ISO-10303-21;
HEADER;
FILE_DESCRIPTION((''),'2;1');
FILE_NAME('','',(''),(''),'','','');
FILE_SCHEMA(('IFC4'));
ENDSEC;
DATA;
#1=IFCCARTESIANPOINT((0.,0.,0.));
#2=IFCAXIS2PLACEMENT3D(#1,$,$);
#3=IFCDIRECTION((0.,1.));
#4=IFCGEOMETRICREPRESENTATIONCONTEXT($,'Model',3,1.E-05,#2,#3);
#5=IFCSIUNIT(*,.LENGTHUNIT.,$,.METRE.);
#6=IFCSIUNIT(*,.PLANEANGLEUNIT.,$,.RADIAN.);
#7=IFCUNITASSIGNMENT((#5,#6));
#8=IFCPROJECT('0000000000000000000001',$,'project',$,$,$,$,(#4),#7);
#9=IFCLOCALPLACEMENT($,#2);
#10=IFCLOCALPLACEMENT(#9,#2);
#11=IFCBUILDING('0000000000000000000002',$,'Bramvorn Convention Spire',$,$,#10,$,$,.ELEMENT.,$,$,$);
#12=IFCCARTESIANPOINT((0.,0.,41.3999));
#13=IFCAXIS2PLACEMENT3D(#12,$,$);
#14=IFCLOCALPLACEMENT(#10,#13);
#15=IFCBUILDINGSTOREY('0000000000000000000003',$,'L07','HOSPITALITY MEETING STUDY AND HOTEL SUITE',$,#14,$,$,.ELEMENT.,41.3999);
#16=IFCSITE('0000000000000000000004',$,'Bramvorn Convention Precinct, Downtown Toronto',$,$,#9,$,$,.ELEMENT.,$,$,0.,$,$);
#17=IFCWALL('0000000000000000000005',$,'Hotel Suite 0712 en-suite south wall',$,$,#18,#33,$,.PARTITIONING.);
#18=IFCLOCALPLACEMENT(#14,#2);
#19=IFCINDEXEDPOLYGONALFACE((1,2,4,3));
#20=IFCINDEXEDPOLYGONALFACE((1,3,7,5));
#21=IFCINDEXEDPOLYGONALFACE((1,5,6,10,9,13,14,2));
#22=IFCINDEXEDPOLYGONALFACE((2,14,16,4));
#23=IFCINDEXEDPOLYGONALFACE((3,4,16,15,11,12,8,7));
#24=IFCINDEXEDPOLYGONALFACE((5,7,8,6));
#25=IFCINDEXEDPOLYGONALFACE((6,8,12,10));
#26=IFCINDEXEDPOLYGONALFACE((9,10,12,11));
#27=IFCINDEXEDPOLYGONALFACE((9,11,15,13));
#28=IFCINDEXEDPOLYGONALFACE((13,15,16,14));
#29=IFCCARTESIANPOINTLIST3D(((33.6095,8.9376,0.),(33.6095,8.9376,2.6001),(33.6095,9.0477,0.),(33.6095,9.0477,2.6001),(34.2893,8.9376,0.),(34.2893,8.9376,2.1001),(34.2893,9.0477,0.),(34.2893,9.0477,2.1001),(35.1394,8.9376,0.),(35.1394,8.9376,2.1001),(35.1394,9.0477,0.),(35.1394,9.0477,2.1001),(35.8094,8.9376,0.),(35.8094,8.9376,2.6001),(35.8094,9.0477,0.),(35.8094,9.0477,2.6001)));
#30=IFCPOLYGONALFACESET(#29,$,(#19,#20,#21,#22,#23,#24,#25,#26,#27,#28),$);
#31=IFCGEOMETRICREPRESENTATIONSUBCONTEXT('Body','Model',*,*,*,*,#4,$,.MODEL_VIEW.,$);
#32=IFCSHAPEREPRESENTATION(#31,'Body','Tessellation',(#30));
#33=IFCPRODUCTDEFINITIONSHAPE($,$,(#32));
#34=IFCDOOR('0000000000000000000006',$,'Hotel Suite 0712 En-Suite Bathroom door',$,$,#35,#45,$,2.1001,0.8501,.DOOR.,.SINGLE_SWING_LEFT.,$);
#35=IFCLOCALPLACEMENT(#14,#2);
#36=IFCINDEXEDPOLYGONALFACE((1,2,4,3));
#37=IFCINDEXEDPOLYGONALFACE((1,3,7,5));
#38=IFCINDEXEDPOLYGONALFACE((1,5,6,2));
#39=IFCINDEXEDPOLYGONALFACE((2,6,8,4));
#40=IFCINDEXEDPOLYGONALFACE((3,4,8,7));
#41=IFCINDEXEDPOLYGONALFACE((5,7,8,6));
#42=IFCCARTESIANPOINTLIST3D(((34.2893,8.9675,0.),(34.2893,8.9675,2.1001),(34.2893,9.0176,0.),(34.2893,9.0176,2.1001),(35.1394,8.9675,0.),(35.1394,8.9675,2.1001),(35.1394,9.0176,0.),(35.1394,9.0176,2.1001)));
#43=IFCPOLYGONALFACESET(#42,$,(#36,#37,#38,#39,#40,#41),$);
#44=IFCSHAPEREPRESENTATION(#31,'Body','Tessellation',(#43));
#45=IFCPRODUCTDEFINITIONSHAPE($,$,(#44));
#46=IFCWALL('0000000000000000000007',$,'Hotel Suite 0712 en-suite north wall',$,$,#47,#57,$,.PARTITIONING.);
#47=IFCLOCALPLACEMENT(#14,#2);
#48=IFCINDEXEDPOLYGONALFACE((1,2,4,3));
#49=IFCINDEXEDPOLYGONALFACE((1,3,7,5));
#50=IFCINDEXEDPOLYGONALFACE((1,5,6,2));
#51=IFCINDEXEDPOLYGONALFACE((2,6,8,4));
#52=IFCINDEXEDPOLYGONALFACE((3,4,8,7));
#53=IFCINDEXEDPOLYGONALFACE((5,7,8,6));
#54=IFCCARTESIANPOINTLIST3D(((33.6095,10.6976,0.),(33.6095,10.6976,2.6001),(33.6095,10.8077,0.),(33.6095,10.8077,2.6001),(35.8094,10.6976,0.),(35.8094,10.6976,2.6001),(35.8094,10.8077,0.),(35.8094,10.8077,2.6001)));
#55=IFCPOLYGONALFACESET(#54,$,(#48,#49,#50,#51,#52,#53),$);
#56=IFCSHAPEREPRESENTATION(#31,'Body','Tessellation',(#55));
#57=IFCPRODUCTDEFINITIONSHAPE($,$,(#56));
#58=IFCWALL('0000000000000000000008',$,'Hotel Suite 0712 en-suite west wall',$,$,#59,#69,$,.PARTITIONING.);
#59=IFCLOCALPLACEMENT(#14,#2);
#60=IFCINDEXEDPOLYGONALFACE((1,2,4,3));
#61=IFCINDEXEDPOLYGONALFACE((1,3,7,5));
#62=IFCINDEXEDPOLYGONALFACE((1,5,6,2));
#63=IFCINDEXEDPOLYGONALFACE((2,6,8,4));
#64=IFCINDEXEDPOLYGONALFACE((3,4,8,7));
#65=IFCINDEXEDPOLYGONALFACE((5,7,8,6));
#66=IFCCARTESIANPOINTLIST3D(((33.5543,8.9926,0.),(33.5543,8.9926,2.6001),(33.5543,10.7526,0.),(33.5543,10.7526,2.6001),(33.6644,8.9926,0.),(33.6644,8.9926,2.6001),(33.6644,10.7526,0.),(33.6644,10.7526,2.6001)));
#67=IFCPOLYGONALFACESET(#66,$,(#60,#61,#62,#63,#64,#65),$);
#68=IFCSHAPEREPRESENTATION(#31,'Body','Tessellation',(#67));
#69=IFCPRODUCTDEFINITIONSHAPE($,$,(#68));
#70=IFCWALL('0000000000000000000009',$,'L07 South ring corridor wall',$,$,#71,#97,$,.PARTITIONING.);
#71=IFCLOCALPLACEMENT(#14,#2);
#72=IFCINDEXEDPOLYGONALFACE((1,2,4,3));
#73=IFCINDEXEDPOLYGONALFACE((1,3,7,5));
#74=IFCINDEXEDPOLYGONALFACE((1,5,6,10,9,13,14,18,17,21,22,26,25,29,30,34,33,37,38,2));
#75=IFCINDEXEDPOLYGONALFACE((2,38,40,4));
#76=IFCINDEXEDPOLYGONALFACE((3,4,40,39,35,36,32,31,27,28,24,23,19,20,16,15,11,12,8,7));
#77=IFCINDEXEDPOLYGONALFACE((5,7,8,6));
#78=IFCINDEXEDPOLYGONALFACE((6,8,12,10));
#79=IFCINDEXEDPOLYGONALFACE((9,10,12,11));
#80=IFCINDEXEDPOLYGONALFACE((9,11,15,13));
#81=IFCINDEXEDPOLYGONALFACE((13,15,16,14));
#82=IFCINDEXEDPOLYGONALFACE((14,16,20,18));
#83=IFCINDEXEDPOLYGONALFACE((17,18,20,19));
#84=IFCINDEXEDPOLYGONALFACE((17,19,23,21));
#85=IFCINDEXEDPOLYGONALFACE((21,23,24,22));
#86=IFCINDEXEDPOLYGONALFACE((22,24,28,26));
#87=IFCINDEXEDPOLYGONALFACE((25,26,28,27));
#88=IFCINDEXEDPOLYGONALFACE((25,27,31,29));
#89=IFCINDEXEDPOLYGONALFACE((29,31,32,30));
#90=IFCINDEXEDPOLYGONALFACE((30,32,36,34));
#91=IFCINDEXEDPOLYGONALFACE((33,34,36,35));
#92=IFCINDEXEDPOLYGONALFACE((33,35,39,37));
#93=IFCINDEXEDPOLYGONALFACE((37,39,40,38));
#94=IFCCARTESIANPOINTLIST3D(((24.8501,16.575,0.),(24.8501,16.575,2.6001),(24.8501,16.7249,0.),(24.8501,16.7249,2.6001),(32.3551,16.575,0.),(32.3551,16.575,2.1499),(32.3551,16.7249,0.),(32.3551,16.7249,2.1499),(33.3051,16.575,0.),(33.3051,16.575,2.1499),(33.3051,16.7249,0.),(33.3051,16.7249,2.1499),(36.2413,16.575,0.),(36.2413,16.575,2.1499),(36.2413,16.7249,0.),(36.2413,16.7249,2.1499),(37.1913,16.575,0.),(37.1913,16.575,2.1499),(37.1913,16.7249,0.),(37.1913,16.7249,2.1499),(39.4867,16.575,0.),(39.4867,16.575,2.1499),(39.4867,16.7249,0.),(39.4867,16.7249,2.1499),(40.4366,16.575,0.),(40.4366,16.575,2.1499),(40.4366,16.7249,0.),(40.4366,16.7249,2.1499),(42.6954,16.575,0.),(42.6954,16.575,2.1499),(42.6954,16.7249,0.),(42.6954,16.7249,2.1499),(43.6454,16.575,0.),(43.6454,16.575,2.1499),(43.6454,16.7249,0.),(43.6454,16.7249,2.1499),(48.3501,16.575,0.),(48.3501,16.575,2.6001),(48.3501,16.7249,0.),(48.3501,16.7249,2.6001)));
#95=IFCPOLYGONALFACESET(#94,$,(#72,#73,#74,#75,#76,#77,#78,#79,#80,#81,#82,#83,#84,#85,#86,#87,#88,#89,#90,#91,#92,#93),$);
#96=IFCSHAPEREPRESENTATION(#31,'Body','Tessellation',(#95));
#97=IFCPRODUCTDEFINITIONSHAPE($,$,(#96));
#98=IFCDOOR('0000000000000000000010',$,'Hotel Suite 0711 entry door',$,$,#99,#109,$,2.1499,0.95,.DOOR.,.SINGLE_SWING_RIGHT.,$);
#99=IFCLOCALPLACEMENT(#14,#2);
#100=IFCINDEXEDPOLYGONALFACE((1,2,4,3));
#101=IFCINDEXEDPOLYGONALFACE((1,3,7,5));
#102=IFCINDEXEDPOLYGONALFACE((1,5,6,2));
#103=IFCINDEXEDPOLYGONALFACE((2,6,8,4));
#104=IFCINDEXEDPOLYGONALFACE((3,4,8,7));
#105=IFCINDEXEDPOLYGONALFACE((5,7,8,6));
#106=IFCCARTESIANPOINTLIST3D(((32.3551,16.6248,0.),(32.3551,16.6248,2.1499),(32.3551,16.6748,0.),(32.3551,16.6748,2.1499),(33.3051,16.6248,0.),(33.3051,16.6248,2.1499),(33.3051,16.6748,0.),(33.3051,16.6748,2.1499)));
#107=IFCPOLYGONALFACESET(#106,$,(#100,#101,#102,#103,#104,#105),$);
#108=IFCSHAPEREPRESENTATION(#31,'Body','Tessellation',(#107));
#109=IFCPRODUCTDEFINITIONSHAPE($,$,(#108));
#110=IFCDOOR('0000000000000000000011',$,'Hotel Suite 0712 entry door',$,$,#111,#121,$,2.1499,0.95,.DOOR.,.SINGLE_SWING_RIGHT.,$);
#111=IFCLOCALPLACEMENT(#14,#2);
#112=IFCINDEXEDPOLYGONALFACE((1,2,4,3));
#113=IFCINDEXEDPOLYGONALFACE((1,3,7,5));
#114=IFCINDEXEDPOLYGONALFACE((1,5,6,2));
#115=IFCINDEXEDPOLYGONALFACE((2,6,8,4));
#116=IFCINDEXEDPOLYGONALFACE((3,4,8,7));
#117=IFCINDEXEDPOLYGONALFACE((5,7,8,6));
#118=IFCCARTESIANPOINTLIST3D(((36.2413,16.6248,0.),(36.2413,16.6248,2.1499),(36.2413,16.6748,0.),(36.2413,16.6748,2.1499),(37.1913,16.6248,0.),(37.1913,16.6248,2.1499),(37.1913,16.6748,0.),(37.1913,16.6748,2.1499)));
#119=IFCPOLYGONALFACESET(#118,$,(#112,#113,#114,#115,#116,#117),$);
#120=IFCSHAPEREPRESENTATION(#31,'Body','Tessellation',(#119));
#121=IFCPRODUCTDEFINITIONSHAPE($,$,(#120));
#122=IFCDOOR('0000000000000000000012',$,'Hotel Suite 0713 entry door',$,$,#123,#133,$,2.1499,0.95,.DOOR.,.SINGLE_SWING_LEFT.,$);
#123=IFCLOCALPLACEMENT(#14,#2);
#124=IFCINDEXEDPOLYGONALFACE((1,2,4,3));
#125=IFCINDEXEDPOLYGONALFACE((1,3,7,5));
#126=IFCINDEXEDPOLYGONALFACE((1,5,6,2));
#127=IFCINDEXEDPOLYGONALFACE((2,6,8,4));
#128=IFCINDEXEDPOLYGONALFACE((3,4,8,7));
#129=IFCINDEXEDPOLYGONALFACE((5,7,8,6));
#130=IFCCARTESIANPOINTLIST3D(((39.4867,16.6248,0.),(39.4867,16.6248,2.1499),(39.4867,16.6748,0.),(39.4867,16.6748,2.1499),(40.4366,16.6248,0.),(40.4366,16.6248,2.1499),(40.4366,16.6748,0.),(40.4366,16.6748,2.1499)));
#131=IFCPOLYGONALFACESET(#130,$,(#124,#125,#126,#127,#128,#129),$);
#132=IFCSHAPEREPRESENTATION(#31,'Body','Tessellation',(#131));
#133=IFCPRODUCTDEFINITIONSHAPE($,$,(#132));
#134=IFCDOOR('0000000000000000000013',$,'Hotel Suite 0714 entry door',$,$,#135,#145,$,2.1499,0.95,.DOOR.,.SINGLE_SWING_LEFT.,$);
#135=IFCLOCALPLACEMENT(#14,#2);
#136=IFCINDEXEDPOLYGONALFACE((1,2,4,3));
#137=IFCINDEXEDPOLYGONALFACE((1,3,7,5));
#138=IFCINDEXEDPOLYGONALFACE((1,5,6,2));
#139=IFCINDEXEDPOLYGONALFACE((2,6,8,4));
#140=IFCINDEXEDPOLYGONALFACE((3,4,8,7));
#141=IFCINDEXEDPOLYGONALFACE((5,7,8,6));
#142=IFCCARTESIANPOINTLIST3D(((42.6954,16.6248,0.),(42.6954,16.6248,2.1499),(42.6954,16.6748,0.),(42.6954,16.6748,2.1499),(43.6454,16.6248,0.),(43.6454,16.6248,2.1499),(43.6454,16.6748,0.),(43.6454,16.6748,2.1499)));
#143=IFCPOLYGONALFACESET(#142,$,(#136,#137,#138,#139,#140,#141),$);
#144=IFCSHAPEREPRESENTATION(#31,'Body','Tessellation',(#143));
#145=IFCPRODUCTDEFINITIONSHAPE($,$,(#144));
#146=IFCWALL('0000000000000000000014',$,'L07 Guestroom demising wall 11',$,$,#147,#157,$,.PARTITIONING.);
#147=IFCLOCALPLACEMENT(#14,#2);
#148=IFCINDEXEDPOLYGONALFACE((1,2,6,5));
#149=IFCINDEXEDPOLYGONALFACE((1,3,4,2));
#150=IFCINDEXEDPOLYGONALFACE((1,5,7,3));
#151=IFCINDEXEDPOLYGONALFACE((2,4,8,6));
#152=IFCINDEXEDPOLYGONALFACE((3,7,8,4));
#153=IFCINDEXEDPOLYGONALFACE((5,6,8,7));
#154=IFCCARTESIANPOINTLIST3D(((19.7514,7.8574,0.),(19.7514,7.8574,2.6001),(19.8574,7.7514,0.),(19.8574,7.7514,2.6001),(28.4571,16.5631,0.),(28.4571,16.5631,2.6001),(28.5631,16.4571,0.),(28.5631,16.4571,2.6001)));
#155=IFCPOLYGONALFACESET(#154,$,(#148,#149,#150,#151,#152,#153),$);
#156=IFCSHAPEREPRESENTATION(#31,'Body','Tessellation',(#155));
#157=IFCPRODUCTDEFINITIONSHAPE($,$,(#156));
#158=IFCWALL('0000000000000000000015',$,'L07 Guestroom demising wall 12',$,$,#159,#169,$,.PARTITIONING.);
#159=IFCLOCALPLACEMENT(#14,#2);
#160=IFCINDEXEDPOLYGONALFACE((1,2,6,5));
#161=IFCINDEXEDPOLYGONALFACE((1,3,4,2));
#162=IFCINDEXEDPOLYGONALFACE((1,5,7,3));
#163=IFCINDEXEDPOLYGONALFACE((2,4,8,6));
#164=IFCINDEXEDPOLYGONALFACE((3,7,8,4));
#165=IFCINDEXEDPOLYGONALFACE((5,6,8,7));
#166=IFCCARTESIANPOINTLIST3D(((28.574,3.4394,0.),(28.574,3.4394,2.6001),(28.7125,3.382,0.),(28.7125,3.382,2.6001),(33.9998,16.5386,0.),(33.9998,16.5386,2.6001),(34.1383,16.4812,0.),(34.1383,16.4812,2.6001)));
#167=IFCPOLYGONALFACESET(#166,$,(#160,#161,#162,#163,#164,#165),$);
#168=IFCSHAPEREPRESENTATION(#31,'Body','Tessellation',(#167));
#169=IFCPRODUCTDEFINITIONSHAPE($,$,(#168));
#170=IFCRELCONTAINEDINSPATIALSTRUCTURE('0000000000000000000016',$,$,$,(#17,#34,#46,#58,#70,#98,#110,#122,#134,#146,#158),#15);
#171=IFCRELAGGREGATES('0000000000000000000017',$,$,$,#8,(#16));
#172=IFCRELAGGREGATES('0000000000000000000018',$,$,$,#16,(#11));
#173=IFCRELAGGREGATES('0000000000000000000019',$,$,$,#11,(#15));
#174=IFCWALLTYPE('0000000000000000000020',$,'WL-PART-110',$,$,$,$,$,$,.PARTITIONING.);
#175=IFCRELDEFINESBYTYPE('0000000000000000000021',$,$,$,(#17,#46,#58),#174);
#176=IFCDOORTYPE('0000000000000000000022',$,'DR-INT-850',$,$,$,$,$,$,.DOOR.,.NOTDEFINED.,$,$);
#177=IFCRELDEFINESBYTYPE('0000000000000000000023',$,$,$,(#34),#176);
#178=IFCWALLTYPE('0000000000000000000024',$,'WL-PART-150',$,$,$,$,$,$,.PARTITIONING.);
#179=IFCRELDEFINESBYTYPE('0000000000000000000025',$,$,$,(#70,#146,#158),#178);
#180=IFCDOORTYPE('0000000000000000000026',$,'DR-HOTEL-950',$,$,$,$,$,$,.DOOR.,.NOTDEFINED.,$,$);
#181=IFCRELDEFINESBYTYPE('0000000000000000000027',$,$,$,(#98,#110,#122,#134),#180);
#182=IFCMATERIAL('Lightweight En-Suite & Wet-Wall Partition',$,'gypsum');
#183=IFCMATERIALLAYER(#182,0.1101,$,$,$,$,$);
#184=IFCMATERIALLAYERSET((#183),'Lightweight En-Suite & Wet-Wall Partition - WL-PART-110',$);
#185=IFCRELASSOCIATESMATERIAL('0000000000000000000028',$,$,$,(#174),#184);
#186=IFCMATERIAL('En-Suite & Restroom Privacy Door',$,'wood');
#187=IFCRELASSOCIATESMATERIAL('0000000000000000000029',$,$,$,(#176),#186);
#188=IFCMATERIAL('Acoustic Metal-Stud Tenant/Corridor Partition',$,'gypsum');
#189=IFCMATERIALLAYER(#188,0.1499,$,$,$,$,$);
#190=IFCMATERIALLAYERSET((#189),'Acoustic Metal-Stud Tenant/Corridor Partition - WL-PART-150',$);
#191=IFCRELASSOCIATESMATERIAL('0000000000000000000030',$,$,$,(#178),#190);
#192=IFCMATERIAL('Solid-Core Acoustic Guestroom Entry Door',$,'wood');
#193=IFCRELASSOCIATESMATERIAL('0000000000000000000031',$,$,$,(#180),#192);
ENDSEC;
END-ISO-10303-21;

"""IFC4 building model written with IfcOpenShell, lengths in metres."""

from ifc_helpers import new_model, si_unit, direction, frame, frame_2d, origin, place, context, subcontext, project, spatial, rectangle, extrude, material, layer, layer_set, type_object, element, fill, save


model = new_model("IFC4")

# Units and contexts
model_context = context("Model", 3, precision=1e-05, world=origin(), true_north=direction((0.0, 1.0)))
body_context = subcontext(model_context, "Body", "Model", "MODEL_VIEW")
ifc_project = project(units=[si_unit("LENGTHUNIT", "METRE"), si_unit("PLANEANGLEUNIT", "RADIAN")], contexts=[model_context])

# Site, building, storey
site_placement = place(None, origin())
site = spatial("IfcSite", under=ifc_project, at=site_placement, Name="Bramvorn Convention Precinct, Downtown Toronto", CompositionType="ELEMENT", RefElevation=0.0)
building_placement = place(site_placement, origin())
building = spatial("IfcBuilding", under=site, at=building_placement, Name="Bramvorn Convention Spire", CompositionType="ELEMENT")
storey_placement = place(building_placement, frame((0.0, 0.0, 41.3999)))
storey = spatial("IfcBuildingStorey", under=building, at=storey_placement, Name="L07", Description="HOSPITALITY MEETING STUDY AND HOTEL SUITE", CompositionType="ELEMENT", Elevation=41.3999)

# Shared definitions
ifc_material_1 = material(Name="Lightweight En-Suite & Wet-Wall Partition", Category="gypsum")
ifc_layer_1 = layer(ifc_material_1, 0.1101)
ifc_layer_set_1 = layer_set([ifc_layer_1], Name="Lightweight En-Suite & Wet-Wall Partition - WL-PART-110")
wall_type_1 = type_object("IfcWallType", Name="WL-PART-110", PredefinedType="PARTITIONING", material=ifc_layer_set_1)
ifc_material_2 = material(Name="En-Suite & Restroom Privacy Door", Category="wood")
door_type_1 = type_object("IfcDoorType", Name="DR-INT-850", OperationType="NOTDEFINED", PredefinedType="DOOR", material=ifc_material_2)

# Wall, opening, door
wall_1_placement = place(storey_placement, frame((33.6094, 8.9927, 0.0), z_axis=(0.0, 0.0, 1.0), x_axis=(1.0, 0.0, 0.0)))
wall_1 = element("IfcWall", 1, at=wall_1_placement, inside=storey, type_object=wall_type_1, Name="Hotel Suite 0712 en-suite south wall", PredefinedType="PARTITIONING", context=body_context, shape_type="SweptSolid", body=[
    extrude(rectangle(XDim=2.2, YDim=0.1101, at=frame_2d((1.1001, 0.0))), origin(), (0.0, 0.0, 1.0), 2.6001),
])
opening_1_placement = place(wall_1_placement, frame((0.6799, 0.0, 0.0)))
opening_1 = element("IfcOpeningElement", 2, at=opening_1_placement, cuts=wall_1, PredefinedType="OPENING", context=body_context, shape_type="SweptSolid", body=[
    extrude(rectangle(XDim=0.8501, YDim=2.1001, at=frame_2d((0.425, 1.05))), frame((0.0, 0.0649, 0.0), z_axis=(0.0, -1.0, 0.0), x_axis=(1.0, 0.0, 0.0)), (0.0, 0.0, 1.0), 0.1301),
])
door_1_placement = place(opening_1_placement, origin())
door_1 = element("IfcDoor", 3, at=door_1_placement, inside=storey, type_object=door_type_1, Name="Hotel Suite 0712 En-Suite Bathroom door", OperationType="SINGLE_SWING_LEFT", OverallHeight=2.1001, OverallWidth=0.8501, PredefinedType="DOOR", context=body_context, shape_type="SweptSolid", body=[
    extrude(rectangle(XDim=0.8501, YDim=2.1001, at=frame_2d((0.425, 1.05))), frame((0.0, 0.0249, 0.0), z_axis=(0.0, -1.0, 0.0), x_axis=(1.0, 0.0, 0.0)), (0.0, 0.0, 1.0), 0.05),
])
fill(opening_1, door_1)

# Walls
wall_2_placement = place(storey_placement, frame((33.6094, 10.7527, 0.0), z_axis=(0.0, 0.0, 1.0), x_axis=(1.0, 0.0, 0.0)))
element("IfcWall", 4, at=wall_2_placement, inside=storey, type_object=wall_type_1, Name="Hotel Suite 0712 en-suite north wall", PredefinedType="PARTITIONING", context=body_context, shape_type="SweptSolid", body=[
    extrude(rectangle(XDim=2.2, YDim=0.1101, at=frame_2d((1.1001, 0.0))), origin(), (0.0, 0.0, 1.0), 2.6001),
])
wall_3_placement = place(storey_placement, frame((33.6094, 8.9927, 0.0), z_axis=(0.0, 0.0, 1.0), x_axis=(0.0, 1.0, 0.0)))
element("IfcWall", 5, at=wall_3_placement, inside=storey, type_object=wall_type_1, Name="Hotel Suite 0712 en-suite west wall", PredefinedType="PARTITIONING", context=body_context, shape_type="SweptSolid", body=[
    extrude(rectangle(XDim=1.76, YDim=0.1101, at=frame_2d((0.8799, 0.0))), origin(), (0.0, 0.0, 1.0), 2.6001),
])

# Wall, openings, doors
ifc_material_3 = material(Name="Acoustic Metal-Stud Tenant/Corridor Partition", Category="gypsum")
ifc_layer_2 = layer(ifc_material_3, 0.1499)
ifc_layer_set_2 = layer_set([ifc_layer_2], Name="Acoustic Metal-Stud Tenant/Corridor Partition - WL-PART-150")
wall_type_2 = type_object("IfcWallType", Name="WL-PART-150", PredefinedType="PARTITIONING", material=ifc_layer_set_2)
wall_4_placement = place(storey_placement, frame((24.8501, 16.6499, 0.0), z_axis=(0.0, 0.0, 1.0), x_axis=(1.0, 0.0, 0.0)))
wall_4 = element("IfcWall", 6, at=wall_4_placement, inside=storey, type_object=wall_type_2, Name="L07 South ring corridor wall", PredefinedType="PARTITIONING", context=body_context, shape_type="SweptSolid", body=[
    extrude(rectangle(XDim=23.5, YDim=0.1499, at=frame_2d((11.75, 0.0))), origin(), (0.0, 0.0, 1.0), 2.6001),
])
opening_2_placement = place(wall_4_placement, frame((7.5049, 0.0, 0.0)))
opening_2 = element("IfcOpeningElement", 7, at=opening_2_placement, cuts=wall_4, PredefinedType="OPENING", context=body_context, shape_type="SweptSolid", body=[
    extrude(rectangle(XDim=0.95, YDim=2.1499, at=frame_2d((0.4751, 1.075))), frame((0.0, 0.085, 0.0), z_axis=(0.0, -1.0, 0.0), x_axis=(1.0, 0.0, 0.0)), (0.0, 0.0, 1.0), 0.1699),
])
opening_3_placement = place(wall_4_placement, frame((11.3911, 0.0, 0.0)))
opening_3 = element("IfcOpeningElement", 8, at=opening_3_placement, cuts=wall_4, PredefinedType="OPENING", context=body_context, shape_type="SweptSolid", body=[
    extrude(rectangle(XDim=0.95, YDim=2.1499, at=frame_2d((0.4751, 1.075))), frame((0.0, 0.085, 0.0), z_axis=(0.0, -1.0, 0.0), x_axis=(1.0, 0.0, 0.0)), (0.0, 0.0, 1.0), 0.1699),
])
opening_4_placement = place(wall_4_placement, frame((14.6365, 0.0, 0.0)))
opening_4 = element("IfcOpeningElement", 9, at=opening_4_placement, cuts=wall_4, PredefinedType="OPENING", context=body_context, shape_type="SweptSolid", body=[
    extrude(rectangle(XDim=0.95, YDim=2.1499, at=frame_2d((0.4751, 1.075))), frame((0.0, 0.085, 0.0), z_axis=(0.0, -1.0, 0.0), x_axis=(1.0, 0.0, 0.0)), (0.0, 0.0, 1.0), 0.1699),
])
opening_5_placement = place(wall_4_placement, frame((17.8452, 0.0, 0.0)))
opening_5 = element("IfcOpeningElement", 10, at=opening_5_placement, cuts=wall_4, PredefinedType="OPENING", context=body_context, shape_type="SweptSolid", body=[
    extrude(rectangle(XDim=0.95, YDim=2.1499, at=frame_2d((0.4751, 1.075))), frame((0.0, 0.085, 0.0), z_axis=(0.0, -1.0, 0.0), x_axis=(1.0, 0.0, 0.0)), (0.0, 0.0, 1.0), 0.1699),
])
ifc_material_4 = material(Name="Solid-Core Acoustic Guestroom Entry Door", Category="wood")
door_type_2 = type_object("IfcDoorType", Name="DR-HOTEL-950", OperationType="NOTDEFINED", PredefinedType="DOOR", material=ifc_material_4)
door_2_placement = place(opening_2_placement, origin())
door_2 = element("IfcDoor", 11, at=door_2_placement, inside=storey, type_object=door_type_2, Name="Hotel Suite 0711 entry door", OperationType="SINGLE_SWING_RIGHT", OverallHeight=2.1499, OverallWidth=0.95, PredefinedType="DOOR", context=body_context, shape_type="SweptSolid", body=[
    extrude(rectangle(XDim=0.95, YDim=2.1499, at=frame_2d((0.4751, 1.075))), frame((0.0, 0.0249, 0.0), z_axis=(0.0, -1.0, 0.0), x_axis=(1.0, 0.0, 0.0)), (0.0, 0.0, 1.0), 0.05),
])
fill(opening_2, door_2)
door_3_placement = place(opening_3_placement, origin())
door_3 = element("IfcDoor", 12, at=door_3_placement, inside=storey, type_object=door_type_2, Name="Hotel Suite 0712 entry door", OperationType="SINGLE_SWING_RIGHT", OverallHeight=2.1499, OverallWidth=0.95, PredefinedType="DOOR", context=body_context, shape_type="SweptSolid", body=[
    extrude(rectangle(XDim=0.95, YDim=2.1499, at=frame_2d((0.4751, 1.075))), frame((0.0, 0.0249, 0.0), z_axis=(0.0, -1.0, 0.0), x_axis=(1.0, 0.0, 0.0)), (0.0, 0.0, 1.0), 0.05),
])
fill(opening_3, door_3)
door_4_placement = place(opening_4_placement, origin())
door_4 = element("IfcDoor", 13, at=door_4_placement, inside=storey, type_object=door_type_2, Name="Hotel Suite 0713 entry door", OperationType="SINGLE_SWING_LEFT", OverallHeight=2.1499, OverallWidth=0.95, PredefinedType="DOOR", context=body_context, shape_type="SweptSolid", body=[
    extrude(rectangle(XDim=0.95, YDim=2.1499, at=frame_2d((0.4751, 1.075))), frame((0.0, 0.0249, 0.0), z_axis=(0.0, -1.0, 0.0), x_axis=(1.0, 0.0, 0.0)), (0.0, 0.0, 1.0), 0.05),
])
fill(opening_4, door_4)
door_5_placement = place(opening_5_placement, origin())
door_5 = element("IfcDoor", 14, at=door_5_placement, inside=storey, type_object=door_type_2, Name="Hotel Suite 0714 entry door", OperationType="SINGLE_SWING_LEFT", OverallHeight=2.1499, OverallWidth=0.95, PredefinedType="DOOR", context=body_context, shape_type="SweptSolid", body=[
    extrude(rectangle(XDim=0.95, YDim=2.1499, at=frame_2d((0.4751, 1.075))), frame((0.0, 0.0249, 0.0), z_axis=(0.0, -1.0, 0.0), x_axis=(1.0, 0.0, 0.0)), (0.0, 0.0, 1.0), 0.05),
])
fill(opening_5, door_5)

# Walls
wall_5_placement = place(storey_placement, frame((28.51, 16.51, 0.0), z_axis=(0.0, 0.0, 1.0), x_axis=(-0.707107, -0.707107, 0.0)))
element("IfcWall", 15, at=wall_5_placement, inside=storey, type_object=wall_type_2, Name="L07 Guestroom demising wall 11", PredefinedType="PARTITIONING", context=body_context, shape_type="SweptSolid", body=[
    extrude(rectangle(XDim=12.3118, YDim=0.1499, at=frame_2d((6.1558, 0.0))), origin(), (0.0, 0.0, 1.0), 2.6001),
])
wall_6_placement = place(storey_placement, frame((34.0691, 16.51, 0.0), z_axis=(0.0, 0.0, 1.0), x_axis=(-0.38268, -0.923881, 0.0)))
element("IfcWall", 16, at=wall_6_placement, inside=storey, type_object=wall_type_2, Name="L07 Guestroom demising wall 12", PredefinedType="PARTITIONING", context=body_context, shape_type="SweptSolid", body=[
    extrude(rectangle(XDim=14.1785, YDim=0.1499, at=frame_2d((7.0894, 0.0))), origin(), (0.0, 0.0, 1.0), 2.6001),
])

save(model, "model.ifc")
